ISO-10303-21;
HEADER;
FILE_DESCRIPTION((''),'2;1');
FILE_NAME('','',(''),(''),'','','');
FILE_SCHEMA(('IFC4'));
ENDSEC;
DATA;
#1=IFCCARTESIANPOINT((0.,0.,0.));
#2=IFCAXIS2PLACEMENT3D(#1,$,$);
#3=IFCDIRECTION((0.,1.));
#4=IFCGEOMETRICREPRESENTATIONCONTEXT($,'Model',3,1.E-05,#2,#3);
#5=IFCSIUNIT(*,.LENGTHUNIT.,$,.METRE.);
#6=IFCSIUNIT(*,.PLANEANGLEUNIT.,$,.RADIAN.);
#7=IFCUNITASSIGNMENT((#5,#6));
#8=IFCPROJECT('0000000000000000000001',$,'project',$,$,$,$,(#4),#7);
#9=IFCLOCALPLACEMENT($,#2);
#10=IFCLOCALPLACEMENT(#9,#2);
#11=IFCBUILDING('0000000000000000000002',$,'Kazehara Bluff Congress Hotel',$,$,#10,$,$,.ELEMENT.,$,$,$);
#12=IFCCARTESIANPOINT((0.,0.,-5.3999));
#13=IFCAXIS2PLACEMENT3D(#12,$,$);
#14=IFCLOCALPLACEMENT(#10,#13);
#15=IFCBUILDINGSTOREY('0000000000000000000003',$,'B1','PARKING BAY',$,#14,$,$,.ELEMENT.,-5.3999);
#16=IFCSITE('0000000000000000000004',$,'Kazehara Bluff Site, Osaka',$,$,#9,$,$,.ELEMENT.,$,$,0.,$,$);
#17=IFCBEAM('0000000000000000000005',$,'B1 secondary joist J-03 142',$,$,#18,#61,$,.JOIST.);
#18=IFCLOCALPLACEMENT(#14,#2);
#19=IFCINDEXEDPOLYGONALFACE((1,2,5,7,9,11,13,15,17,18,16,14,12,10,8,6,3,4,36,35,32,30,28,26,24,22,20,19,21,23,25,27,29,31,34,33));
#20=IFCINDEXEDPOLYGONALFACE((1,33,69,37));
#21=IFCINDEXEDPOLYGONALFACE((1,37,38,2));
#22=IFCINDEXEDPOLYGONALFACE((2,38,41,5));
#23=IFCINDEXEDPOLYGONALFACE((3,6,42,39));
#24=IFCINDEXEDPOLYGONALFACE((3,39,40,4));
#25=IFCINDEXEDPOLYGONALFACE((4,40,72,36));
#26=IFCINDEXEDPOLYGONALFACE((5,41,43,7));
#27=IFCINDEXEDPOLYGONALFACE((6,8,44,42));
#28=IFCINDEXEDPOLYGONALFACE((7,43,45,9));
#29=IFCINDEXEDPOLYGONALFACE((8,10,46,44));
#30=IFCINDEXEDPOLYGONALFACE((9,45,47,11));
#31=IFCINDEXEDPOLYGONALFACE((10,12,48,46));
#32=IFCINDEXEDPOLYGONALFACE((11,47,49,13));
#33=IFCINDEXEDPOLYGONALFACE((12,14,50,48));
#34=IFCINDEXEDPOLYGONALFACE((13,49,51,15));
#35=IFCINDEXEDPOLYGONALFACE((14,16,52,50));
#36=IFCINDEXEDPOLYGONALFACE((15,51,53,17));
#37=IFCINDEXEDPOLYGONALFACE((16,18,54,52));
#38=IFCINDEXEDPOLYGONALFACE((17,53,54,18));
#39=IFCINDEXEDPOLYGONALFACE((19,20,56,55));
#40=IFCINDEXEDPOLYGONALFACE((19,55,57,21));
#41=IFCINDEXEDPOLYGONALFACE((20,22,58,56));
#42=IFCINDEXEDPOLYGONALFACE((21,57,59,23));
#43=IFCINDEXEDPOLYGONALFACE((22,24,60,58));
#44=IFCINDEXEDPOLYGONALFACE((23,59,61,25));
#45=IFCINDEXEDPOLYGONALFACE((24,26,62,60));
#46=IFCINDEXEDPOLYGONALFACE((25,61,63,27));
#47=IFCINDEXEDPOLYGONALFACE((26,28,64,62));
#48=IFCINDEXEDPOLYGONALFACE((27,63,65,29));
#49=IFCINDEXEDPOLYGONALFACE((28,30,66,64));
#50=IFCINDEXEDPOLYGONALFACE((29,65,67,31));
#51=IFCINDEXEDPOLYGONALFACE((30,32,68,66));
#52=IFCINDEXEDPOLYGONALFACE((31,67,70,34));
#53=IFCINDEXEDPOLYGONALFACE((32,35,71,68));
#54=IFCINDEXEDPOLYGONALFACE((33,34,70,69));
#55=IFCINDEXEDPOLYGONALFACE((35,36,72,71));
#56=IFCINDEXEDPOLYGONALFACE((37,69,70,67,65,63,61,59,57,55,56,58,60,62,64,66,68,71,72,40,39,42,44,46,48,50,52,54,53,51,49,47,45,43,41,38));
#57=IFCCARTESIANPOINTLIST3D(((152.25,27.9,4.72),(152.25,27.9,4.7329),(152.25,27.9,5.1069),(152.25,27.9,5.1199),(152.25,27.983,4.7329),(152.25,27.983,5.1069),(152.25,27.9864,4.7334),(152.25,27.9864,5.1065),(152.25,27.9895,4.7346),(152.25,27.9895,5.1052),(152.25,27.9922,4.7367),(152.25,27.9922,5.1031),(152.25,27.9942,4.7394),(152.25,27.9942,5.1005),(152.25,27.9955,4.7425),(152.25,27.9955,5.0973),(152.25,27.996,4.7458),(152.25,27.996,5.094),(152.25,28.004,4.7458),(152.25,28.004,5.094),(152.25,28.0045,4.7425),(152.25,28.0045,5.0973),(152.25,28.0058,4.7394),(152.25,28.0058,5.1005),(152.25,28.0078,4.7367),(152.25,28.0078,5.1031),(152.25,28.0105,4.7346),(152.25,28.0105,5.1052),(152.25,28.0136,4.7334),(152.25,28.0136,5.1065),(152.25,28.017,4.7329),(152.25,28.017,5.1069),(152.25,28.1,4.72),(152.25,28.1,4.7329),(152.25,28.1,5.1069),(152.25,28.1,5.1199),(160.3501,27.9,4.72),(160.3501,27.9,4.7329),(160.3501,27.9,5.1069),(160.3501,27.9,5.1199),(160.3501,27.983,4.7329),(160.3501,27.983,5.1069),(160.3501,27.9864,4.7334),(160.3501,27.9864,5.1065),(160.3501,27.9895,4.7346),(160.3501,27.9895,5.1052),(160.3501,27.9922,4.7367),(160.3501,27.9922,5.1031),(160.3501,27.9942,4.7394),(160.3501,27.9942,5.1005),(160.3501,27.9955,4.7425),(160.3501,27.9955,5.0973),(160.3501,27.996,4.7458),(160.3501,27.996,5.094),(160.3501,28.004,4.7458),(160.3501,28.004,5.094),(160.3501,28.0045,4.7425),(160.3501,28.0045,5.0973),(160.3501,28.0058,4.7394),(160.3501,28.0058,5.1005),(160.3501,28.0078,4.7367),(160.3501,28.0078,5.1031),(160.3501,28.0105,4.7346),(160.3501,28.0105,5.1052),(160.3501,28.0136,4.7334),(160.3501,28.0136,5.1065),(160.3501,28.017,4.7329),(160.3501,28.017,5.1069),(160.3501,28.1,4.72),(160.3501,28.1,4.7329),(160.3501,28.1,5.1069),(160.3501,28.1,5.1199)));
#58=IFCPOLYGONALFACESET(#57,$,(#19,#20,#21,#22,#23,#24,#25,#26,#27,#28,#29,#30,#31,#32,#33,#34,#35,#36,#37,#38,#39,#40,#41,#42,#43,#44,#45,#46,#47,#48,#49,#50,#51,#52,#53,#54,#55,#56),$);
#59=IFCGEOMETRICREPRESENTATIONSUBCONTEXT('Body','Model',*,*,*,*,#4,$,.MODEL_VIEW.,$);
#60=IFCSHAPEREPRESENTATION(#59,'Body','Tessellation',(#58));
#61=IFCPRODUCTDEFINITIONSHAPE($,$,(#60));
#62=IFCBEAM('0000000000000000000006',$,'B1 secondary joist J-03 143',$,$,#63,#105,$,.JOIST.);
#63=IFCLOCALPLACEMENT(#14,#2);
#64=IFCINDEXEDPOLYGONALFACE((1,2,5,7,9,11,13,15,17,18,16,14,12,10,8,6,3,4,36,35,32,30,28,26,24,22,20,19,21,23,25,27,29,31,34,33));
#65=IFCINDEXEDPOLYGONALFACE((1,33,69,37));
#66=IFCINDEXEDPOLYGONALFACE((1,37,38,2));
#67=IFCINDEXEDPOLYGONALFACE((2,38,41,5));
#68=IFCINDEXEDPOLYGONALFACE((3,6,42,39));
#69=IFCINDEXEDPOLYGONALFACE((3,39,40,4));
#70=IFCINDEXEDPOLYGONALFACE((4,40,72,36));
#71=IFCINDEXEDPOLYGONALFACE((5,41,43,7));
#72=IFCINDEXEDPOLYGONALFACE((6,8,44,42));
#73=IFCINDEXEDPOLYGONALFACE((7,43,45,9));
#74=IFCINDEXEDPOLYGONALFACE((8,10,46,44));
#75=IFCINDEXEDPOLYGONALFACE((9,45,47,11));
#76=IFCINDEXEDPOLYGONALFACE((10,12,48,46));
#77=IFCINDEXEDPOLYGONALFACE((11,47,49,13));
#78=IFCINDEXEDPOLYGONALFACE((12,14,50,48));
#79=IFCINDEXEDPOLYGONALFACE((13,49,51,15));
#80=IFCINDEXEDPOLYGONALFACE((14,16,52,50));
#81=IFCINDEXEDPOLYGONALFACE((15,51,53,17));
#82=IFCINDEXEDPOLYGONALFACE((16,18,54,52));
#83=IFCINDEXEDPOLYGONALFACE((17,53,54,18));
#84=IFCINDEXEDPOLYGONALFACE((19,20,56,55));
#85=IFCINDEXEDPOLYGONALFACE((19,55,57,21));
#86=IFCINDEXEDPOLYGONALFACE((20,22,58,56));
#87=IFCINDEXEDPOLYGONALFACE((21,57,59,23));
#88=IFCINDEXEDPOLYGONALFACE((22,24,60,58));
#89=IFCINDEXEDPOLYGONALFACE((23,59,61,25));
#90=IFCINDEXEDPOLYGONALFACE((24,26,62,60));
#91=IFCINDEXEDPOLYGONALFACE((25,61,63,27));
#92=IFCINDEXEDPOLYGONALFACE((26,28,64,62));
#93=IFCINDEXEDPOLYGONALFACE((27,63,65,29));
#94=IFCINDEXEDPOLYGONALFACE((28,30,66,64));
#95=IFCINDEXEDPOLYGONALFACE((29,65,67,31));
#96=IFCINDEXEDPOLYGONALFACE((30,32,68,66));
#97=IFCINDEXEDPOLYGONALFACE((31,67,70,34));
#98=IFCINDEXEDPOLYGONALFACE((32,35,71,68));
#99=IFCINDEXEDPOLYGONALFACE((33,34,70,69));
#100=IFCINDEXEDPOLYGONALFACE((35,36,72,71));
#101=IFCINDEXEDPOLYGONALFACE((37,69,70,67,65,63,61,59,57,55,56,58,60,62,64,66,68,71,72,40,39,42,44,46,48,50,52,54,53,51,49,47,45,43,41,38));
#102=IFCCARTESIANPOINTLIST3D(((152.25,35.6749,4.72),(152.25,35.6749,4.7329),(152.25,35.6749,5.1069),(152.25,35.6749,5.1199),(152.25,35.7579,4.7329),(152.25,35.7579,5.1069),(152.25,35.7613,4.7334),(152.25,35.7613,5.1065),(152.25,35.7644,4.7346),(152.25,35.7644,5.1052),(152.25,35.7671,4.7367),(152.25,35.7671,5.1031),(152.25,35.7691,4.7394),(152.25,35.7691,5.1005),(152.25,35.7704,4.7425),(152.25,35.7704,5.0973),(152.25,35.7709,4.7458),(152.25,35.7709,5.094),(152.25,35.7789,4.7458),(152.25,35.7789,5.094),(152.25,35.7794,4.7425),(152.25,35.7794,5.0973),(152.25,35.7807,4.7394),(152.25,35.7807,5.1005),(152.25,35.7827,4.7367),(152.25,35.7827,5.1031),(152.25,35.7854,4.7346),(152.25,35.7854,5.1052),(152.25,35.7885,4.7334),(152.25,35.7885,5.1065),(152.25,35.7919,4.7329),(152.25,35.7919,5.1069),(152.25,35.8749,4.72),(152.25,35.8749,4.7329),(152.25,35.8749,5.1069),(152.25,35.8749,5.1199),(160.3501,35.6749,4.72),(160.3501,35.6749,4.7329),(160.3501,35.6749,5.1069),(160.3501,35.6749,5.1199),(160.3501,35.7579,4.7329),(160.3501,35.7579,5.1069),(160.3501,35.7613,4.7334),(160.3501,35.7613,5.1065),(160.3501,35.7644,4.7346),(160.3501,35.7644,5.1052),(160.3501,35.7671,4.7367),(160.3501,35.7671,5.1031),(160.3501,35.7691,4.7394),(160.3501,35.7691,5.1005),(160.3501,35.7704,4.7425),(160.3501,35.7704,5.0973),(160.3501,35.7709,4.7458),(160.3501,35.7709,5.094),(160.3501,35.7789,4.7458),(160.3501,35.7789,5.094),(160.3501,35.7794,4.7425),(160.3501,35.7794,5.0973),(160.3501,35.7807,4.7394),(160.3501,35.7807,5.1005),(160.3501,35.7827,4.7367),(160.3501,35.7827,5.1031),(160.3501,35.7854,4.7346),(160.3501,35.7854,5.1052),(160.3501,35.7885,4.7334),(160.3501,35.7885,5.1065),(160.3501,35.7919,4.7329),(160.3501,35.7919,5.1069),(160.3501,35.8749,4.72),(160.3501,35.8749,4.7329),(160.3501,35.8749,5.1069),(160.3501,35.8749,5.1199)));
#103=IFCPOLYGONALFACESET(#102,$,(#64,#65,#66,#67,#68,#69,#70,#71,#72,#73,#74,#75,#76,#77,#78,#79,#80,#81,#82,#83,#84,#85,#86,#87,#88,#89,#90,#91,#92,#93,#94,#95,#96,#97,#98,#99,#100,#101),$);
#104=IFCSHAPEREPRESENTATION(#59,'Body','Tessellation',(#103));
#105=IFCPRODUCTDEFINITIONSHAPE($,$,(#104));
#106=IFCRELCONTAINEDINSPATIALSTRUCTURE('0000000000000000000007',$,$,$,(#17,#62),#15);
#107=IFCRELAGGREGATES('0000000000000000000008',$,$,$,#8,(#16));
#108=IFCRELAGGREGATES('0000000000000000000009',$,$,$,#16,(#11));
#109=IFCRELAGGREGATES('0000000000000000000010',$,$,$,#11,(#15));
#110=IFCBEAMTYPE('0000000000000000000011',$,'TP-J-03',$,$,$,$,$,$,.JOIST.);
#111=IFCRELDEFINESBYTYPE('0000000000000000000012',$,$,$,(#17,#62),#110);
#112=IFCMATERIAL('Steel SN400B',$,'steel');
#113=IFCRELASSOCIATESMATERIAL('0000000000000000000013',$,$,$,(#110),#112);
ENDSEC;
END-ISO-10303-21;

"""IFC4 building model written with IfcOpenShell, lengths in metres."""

from ifc_helpers import new_model, si_unit, direction, frame, origin, origin_2d, place, context, subcontext, project, spatial, i_section, extrude, material, material_profile, profile_set, type_object, element, save


model = new_model("IFC4")

# Units and contexts
model_context = context("Model", 3, precision=1e-05, world=origin(), true_north=direction((0.0, 1.0)))
body_context = subcontext(model_context, "Body", "Model", "MODEL_VIEW")
ifc_project = project(units=[si_unit("LENGTHUNIT", "METRE"), si_unit("PLANEANGLEUNIT", "RADIAN")], contexts=[model_context])

# Site, building, storey
site_placement = place(None, origin())
site = spatial("IfcSite", under=ifc_project, at=site_placement, Name="Kazehara Bluff Site, Osaka", CompositionType="ELEMENT", RefElevation=0.0)
building_placement = place(site_placement, origin())
building = spatial("IfcBuilding", under=site, at=building_placement, Name="Kazehara Bluff Congress Hotel", CompositionType="ELEMENT")
storey_placement = place(building_placement, frame((0.0, 0.0, -5.3999)))
storey = spatial("IfcBuildingStorey", under=building, at=storey_placement, Name="B1", Description="PARKING BAY", CompositionType="ELEMENT", Elevation=-5.3999)

# Beams
ifc_material_1 = material(Name="Steel SN400B", Category="steel")
ifc_material_profile_1 = material_profile(ifc_material_1, i_section(OverallWidth=0.2, OverallDepth=0.3999, WebThickness=0.0081, FlangeThickness=0.0129, FilletRadius=0.0129, at=origin_2d()))
ifc_profile_set_1 = profile_set([ifc_material_profile_1], Name="Steel SN400B")
beam_type_1 = type_object("IfcBeamType", Name="TP-J-03", PredefinedType="JOIST", material=ifc_profile_set_1)
for number, where, z_axis, x_axis, name in (
    (1, (152.25, 28.0, 4.9199), (1.0, 0.0, 0.0), (0.0, 1.0, 0.0), "B1 secondary joist J-03 142"),
    (2, (152.25, 35.7749, 4.9199), (1.0, 0.0, 0.0), (0.0, 1.0, 0.0), "B1 secondary joist J-03 143"),
):
    element("IfcBeam", number, at=place(storey_placement, frame(where, z_axis=z_axis, x_axis=x_axis)), inside=storey, type_object=beam_type_1, Name=name, PredefinedType="JOIST", context=body_context, shape_type="SweptSolid", body=[
        extrude(i_section(OverallWidth=0.2, OverallDepth=0.3999, WebThickness=0.0081, FlangeThickness=0.0129, FilletRadius=0.0129, at=origin_2d()), origin(), (0.0, 0.0, 1.0), 8.1001),
    ])

save(model, "model.ifc")
